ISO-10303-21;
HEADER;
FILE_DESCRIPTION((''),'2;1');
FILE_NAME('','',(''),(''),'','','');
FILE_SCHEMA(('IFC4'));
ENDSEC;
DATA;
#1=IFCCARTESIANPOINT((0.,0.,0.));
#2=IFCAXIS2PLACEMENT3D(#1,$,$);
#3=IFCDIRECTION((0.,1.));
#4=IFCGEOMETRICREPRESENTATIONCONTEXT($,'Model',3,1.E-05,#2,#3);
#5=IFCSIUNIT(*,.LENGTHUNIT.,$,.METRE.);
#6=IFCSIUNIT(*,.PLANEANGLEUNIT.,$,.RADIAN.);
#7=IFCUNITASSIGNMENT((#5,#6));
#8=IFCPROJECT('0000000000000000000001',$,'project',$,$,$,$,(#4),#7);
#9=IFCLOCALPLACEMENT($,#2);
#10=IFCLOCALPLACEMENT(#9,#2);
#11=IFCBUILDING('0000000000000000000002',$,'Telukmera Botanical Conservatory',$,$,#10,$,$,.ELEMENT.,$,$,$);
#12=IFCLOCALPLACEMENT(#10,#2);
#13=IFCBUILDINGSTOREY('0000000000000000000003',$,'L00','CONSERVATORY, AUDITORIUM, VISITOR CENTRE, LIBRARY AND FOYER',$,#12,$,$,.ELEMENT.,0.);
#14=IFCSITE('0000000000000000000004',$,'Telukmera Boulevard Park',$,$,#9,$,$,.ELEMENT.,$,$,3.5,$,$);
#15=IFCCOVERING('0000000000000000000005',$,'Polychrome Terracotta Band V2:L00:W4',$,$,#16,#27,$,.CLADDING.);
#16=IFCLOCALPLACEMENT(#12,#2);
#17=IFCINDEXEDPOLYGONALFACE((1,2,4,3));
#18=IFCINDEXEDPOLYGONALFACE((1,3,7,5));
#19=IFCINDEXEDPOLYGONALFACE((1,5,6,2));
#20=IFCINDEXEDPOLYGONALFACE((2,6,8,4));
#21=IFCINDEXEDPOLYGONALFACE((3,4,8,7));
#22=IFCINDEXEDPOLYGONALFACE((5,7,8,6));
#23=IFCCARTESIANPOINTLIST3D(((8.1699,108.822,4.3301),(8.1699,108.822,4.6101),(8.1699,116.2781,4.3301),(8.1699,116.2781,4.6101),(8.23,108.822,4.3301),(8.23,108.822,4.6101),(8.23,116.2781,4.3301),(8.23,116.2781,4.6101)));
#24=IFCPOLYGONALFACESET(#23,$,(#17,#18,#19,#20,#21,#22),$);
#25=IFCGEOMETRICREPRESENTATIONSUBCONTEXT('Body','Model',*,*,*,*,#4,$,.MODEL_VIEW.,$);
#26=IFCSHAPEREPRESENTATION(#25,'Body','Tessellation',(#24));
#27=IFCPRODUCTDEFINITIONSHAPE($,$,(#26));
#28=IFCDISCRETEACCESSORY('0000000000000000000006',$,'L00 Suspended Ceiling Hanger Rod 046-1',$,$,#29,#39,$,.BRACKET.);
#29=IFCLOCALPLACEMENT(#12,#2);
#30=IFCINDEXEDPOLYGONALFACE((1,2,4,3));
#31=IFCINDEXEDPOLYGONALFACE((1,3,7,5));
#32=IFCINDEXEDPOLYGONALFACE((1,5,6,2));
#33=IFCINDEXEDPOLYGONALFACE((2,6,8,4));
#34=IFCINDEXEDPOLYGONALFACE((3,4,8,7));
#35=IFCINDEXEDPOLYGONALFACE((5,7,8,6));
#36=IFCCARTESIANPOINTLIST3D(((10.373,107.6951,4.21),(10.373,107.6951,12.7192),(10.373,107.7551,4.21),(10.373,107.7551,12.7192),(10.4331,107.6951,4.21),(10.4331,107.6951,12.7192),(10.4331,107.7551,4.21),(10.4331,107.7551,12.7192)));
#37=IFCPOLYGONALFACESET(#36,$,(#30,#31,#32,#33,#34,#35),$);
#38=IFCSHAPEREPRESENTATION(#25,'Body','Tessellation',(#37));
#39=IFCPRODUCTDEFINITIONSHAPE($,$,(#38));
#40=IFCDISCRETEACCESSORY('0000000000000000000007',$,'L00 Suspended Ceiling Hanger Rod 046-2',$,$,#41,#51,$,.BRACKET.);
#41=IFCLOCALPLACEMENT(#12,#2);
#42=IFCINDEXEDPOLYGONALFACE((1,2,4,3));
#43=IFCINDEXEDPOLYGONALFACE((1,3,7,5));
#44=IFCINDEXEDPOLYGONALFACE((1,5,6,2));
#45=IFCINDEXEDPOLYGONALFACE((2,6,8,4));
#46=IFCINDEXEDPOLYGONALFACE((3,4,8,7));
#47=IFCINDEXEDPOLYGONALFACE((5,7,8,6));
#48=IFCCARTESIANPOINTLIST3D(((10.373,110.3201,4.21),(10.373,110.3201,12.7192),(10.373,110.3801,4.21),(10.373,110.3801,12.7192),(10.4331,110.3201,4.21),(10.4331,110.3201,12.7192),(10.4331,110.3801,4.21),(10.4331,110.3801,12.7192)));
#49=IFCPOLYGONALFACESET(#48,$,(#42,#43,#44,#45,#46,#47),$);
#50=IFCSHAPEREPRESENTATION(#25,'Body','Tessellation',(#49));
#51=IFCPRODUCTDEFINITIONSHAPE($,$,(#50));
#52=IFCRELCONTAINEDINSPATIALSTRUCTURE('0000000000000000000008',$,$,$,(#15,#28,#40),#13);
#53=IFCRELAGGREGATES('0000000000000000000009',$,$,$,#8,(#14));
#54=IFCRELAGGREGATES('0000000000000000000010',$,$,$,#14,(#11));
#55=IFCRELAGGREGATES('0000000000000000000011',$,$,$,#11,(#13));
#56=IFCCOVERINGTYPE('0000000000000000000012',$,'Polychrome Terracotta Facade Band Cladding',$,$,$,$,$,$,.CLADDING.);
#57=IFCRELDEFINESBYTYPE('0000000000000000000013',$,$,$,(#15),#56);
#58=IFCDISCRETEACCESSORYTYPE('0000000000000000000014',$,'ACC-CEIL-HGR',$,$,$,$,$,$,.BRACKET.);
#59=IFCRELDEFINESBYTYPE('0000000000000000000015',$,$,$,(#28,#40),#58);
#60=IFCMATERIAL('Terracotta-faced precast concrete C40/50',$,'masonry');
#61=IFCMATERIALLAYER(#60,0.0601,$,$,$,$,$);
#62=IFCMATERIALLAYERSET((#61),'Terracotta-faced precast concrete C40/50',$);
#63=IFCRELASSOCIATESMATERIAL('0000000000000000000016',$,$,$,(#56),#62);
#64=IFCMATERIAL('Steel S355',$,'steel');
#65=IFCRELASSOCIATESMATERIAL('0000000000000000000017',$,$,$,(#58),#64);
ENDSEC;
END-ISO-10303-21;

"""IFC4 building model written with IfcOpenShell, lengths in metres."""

from ifc_helpers import new_model, si_unit, direction, frame, origin, origin_2d, place, context, subcontext, project, spatial, rectangle, extrude, material, layer, layer_set, type_object, element, save


model = new_model("IFC4")

# Units and contexts
model_context = context("Model", 3, precision=1e-05, world=origin(), true_north=direction((0.0, 1.0)))
body_context = subcontext(model_context, "Body", "Model", "MODEL_VIEW")
ifc_project = project(units=[si_unit("LENGTHUNIT", "METRE"), si_unit("PLANEANGLEUNIT", "RADIAN")], contexts=[model_context])

# Site, building, storey
site_placement = place(None, origin())
site = spatial("IfcSite", under=ifc_project, at=site_placement, Name="Telukmera Boulevard Park", CompositionType="ELEMENT", RefElevation=3.5)
building_placement = place(site_placement, origin())
building = spatial("IfcBuilding", under=site, at=building_placement, Name="Telukmera Botanical Conservatory", CompositionType="ELEMENT")
storey_placement = place(building_placement, origin())
storey = spatial("IfcBuildingStorey", under=building, at=storey_placement, Name="L00", Description="CONSERVATORY, AUDITORIUM, VISITOR CENTRE, LIBRARY AND FOYER", CompositionType="ELEMENT", Elevation=0.0)

# Covering
ifc_material_1 = material(Name="Terracotta-faced precast concrete C40/50", Category="masonry")
ifc_layer_1 = layer(ifc_material_1, 0.0601)
ifc_layer_set_1 = layer_set([ifc_layer_1], Name="Terracotta-faced precast concrete C40/50")
covering_type_1 = type_object("IfcCoveringType", Name="Polychrome Terracotta Facade Band Cladding", PredefinedType="CLADDING", material=ifc_layer_set_1)
covering_placement = place(storey_placement, frame((8.2, 112.55, 4.3301), z_axis=(0.0, 0.0, 1.0), x_axis=(0.0, 1.0, 0.0)))
element("IfcCovering", 1, at=covering_placement, inside=storey, type_object=covering_type_1, Name="Polychrome Terracotta Band V2:L00:W4", PredefinedType="CLADDING", context=body_context, shape_type="SweptSolid", body=[
    extrude(rectangle(XDim=7.4561, YDim=0.0601, at=origin_2d()), origin(), (0.0, 0.0, 1.0), 0.28),
])

# Discrete accessories
ifc_material_2 = material(Name="Steel S355", Category="steel")
discrete_accessory_type = type_object("IfcDiscreteAccessoryType", Name="ACC-CEIL-HGR", PredefinedType="BRACKET", material=ifc_material_2)
for number, where, z_axis, x_axis, name in (
    (2, (10.4031, 107.7251, 4.21), (0.0, 0.0, 1.0), (1.0, 0.0, 0.0), "L00 Suspended Ceiling Hanger Rod 046-1"),
    (3, (10.4031, 110.3501, 4.21), (0.0, 0.0, 1.0), (1.0, 0.0, 0.0), "L00 Suspended Ceiling Hanger Rod 046-2"),
):
    element("IfcDiscreteAccessory", number, at=place(storey_placement, frame(where, z_axis=z_axis, x_axis=x_axis)), inside=storey, type_object=discrete_accessory_type, Name=name, PredefinedType="BRACKET", context=body_context, shape_type="SweptSolid", body=[
        extrude(rectangle(XDim=0.0601, YDim=0.0601, at=origin_2d()), origin(), (0.0, 0.0, 1.0), 8.5093),
    ])

save(model, "model.ifc")
